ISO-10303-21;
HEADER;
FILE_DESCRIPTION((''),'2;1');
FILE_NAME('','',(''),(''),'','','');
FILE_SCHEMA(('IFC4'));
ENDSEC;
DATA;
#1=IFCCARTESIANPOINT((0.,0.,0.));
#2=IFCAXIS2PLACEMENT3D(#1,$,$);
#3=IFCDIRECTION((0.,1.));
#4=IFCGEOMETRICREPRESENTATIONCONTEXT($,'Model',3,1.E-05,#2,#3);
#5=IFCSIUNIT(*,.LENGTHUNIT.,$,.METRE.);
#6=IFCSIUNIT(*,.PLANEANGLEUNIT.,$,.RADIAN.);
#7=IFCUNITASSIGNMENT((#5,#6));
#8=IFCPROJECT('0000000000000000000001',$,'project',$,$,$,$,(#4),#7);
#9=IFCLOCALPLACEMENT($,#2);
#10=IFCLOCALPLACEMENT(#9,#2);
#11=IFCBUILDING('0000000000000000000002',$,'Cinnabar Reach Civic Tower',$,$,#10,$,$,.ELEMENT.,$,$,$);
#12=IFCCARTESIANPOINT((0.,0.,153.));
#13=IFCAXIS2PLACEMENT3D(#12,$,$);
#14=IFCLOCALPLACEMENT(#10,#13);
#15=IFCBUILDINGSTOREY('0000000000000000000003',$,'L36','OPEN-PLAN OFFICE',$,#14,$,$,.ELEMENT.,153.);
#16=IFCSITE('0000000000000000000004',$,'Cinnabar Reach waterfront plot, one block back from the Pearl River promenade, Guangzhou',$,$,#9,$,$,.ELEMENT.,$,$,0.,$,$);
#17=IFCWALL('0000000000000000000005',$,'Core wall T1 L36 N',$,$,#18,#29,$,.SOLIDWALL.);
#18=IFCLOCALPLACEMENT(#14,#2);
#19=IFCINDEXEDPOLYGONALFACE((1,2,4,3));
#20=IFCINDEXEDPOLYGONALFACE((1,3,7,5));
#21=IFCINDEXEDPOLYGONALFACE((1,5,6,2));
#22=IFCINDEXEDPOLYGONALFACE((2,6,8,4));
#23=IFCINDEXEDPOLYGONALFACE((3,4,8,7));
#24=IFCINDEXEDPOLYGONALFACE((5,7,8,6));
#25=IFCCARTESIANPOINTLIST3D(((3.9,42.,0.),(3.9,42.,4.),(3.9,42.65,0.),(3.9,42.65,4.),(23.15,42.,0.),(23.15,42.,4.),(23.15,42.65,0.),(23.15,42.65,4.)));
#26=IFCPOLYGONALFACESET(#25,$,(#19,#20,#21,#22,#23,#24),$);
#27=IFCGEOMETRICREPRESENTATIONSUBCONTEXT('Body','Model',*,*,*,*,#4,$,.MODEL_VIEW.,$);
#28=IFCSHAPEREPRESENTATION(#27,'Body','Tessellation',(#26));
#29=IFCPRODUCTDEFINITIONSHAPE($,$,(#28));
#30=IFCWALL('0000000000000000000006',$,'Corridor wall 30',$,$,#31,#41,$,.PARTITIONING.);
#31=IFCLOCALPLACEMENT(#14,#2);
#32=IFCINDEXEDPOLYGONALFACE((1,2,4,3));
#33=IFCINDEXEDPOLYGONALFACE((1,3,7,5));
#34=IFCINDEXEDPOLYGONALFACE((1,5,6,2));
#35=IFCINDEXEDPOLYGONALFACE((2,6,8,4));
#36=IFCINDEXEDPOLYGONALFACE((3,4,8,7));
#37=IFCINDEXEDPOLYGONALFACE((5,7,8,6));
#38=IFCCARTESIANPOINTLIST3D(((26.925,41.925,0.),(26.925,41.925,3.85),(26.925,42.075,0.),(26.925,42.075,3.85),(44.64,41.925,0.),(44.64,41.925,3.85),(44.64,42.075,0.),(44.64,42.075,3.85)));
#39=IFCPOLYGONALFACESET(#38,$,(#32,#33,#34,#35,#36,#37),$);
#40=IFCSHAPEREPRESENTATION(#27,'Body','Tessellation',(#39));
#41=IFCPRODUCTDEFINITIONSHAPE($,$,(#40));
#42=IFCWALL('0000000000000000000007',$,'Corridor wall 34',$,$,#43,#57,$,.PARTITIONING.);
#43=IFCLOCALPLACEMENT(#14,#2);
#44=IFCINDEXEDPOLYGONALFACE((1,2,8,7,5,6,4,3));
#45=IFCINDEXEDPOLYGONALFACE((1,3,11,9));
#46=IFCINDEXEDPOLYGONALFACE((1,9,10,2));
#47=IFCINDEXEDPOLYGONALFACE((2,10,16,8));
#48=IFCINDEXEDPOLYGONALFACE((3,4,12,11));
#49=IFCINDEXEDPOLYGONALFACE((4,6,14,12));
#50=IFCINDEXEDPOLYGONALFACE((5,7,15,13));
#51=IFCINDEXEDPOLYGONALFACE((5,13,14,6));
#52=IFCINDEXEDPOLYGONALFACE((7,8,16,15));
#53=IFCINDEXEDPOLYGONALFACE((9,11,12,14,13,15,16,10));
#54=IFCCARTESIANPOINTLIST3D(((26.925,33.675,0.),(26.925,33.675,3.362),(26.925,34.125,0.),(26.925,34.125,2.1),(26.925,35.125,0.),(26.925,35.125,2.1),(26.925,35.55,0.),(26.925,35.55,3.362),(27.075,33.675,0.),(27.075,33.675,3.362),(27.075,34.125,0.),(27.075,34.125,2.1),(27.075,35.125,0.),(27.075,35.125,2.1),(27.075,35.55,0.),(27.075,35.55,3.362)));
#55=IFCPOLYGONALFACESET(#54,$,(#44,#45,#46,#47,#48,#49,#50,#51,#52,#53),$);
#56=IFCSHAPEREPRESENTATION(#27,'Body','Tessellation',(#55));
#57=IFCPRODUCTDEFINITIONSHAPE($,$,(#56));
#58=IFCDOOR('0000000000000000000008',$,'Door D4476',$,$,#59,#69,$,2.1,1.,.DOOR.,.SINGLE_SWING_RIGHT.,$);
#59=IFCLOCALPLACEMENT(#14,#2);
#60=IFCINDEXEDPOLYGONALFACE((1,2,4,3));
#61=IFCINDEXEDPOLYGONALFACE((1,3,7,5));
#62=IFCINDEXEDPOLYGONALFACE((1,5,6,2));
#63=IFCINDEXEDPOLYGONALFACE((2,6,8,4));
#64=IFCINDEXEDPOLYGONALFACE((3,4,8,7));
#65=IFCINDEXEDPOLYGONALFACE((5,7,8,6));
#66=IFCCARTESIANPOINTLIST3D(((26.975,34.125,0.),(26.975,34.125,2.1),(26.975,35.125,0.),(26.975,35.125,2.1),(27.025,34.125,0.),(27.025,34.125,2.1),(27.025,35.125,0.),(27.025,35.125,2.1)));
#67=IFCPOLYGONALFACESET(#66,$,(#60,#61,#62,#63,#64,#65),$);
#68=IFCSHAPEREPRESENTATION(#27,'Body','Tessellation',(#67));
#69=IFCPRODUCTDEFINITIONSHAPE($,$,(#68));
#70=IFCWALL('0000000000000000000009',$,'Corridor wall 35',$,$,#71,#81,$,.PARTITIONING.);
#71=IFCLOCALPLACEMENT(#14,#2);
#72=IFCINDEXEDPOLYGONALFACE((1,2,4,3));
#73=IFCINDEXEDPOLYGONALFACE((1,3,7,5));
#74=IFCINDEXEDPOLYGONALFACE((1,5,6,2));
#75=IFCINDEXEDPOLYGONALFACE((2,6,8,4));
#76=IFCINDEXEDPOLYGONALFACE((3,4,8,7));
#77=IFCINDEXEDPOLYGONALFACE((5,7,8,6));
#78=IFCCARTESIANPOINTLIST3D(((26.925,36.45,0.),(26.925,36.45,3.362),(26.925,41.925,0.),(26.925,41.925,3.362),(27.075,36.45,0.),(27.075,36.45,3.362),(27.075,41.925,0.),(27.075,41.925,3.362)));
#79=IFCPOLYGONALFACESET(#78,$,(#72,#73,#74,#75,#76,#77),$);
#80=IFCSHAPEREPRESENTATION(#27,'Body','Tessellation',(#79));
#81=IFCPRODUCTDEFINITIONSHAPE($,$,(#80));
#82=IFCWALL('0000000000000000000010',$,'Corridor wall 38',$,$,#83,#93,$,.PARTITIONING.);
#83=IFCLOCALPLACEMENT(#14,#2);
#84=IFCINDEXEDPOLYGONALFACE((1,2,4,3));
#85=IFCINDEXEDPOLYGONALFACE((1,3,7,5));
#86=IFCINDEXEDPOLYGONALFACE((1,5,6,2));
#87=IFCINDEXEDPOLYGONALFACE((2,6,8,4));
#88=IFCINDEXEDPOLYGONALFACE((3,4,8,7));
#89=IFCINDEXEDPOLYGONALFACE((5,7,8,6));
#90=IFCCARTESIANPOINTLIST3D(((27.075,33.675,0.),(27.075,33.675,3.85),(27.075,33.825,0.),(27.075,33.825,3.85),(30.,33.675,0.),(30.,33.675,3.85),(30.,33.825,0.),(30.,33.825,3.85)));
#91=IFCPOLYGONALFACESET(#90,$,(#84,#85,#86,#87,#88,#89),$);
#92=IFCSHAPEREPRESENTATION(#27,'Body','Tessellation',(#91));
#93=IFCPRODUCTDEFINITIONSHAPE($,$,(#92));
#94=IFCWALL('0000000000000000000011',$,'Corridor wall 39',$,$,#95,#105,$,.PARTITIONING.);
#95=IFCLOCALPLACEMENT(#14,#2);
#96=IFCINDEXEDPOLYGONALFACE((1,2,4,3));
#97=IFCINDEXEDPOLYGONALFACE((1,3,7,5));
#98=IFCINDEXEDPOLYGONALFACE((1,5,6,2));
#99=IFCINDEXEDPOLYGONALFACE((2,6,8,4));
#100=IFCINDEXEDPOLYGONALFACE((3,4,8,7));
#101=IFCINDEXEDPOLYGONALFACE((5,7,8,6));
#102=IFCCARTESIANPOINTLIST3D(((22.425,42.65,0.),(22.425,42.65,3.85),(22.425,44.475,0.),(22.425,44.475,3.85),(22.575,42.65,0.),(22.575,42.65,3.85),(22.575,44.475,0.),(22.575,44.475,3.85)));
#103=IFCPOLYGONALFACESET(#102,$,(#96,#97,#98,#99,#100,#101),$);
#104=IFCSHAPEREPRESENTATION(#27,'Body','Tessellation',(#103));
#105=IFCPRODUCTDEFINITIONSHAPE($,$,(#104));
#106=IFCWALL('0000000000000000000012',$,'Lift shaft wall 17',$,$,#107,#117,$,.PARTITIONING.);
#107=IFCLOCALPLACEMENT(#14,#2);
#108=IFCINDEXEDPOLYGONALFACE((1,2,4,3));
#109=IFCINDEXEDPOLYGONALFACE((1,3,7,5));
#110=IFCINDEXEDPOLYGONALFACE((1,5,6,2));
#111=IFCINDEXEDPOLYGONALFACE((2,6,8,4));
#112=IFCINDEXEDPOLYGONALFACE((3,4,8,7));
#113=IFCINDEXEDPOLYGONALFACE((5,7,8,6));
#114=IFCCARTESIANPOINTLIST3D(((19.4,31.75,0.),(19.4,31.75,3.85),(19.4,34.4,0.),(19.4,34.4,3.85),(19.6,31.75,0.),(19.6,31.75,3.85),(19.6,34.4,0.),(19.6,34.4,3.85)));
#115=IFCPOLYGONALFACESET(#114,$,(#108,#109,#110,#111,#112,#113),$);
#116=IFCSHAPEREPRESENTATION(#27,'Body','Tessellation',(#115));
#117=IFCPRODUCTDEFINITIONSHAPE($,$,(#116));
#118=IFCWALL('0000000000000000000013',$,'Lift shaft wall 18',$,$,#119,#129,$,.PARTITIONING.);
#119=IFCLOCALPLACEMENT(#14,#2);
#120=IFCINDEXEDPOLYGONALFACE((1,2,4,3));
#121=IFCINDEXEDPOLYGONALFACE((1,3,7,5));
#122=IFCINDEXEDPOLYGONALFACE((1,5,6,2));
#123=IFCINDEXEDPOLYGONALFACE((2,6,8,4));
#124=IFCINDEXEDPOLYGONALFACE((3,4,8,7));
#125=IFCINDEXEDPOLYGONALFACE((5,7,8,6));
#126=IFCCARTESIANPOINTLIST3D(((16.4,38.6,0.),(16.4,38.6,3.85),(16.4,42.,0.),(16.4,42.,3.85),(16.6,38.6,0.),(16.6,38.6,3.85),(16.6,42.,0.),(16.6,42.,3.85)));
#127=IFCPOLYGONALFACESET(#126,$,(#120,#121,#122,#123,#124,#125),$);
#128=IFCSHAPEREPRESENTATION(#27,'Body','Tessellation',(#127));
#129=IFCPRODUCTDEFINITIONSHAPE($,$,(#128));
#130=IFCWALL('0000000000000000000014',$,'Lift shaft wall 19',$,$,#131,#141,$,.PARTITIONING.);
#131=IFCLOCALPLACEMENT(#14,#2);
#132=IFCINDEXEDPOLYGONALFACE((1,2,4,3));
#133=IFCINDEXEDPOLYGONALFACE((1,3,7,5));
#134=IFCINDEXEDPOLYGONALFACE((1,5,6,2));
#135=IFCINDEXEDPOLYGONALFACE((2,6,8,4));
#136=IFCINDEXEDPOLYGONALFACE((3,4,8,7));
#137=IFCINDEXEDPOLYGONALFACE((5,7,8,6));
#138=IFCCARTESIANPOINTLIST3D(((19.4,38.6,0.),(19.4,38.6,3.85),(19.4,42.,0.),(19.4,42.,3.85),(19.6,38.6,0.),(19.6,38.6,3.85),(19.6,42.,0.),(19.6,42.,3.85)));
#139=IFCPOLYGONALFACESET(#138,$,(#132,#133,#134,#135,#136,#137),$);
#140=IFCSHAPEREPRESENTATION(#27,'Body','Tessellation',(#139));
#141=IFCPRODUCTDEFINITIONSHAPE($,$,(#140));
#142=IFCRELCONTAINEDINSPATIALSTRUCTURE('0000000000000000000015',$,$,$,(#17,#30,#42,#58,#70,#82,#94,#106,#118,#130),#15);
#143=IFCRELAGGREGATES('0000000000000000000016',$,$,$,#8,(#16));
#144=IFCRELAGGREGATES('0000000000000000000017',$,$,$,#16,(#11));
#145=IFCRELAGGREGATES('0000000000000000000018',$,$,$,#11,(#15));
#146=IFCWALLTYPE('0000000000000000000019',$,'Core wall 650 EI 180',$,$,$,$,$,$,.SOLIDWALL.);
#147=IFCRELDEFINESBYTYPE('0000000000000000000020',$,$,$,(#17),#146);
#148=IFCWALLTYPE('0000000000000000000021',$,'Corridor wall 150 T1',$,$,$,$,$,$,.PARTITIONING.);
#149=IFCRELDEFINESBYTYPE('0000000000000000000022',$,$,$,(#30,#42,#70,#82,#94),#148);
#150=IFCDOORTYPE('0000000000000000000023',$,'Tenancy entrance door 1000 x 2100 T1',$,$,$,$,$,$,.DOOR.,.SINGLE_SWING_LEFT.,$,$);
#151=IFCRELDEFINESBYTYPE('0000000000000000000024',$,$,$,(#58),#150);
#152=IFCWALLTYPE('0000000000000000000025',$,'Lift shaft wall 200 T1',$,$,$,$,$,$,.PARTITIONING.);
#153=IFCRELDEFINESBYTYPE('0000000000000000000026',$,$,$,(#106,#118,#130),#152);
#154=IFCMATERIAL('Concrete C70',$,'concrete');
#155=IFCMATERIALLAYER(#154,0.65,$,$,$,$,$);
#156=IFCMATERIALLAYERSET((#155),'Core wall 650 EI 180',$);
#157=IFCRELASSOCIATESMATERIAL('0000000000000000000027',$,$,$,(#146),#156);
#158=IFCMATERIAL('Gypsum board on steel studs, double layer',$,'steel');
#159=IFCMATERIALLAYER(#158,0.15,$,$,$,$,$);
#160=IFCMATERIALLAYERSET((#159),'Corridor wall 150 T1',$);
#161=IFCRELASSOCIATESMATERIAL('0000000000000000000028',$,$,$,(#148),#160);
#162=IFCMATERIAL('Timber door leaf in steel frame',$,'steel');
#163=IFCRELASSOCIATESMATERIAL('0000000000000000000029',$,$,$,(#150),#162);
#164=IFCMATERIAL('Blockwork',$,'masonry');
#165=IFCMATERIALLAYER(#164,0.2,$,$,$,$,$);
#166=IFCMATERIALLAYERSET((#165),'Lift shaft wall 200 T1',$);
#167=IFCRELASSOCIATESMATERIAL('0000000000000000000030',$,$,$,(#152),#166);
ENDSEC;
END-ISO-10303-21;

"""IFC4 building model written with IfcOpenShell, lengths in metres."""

from ifc_helpers import new_model, si_unit, direction, frame, frame_2d, origin, place, context, subcontext, project, spatial, rectangle, extrude, material, layer, layer_set, type_object, element, fill, save


model = new_model("IFC4")

# Units and contexts
model_context = context("Model", 3, precision=1e-05, world=origin(), true_north=direction((0.0, 1.0)))
body_context = subcontext(model_context, "Body", "Model", "MODEL_VIEW")
ifc_project = project(units=[si_unit("LENGTHUNIT", "METRE"), si_unit("PLANEANGLEUNIT", "RADIAN")], contexts=[model_context])

# Site, building, storey
site_placement = place(None, origin())
site = spatial("IfcSite", under=ifc_project, at=site_placement, Name="Cinnabar Reach waterfront plot, one block back from the Pearl River promenade, Guangzhou", CompositionType="ELEMENT", RefElevation=0.0)
building_placement = place(site_placement, origin())
building = spatial("IfcBuilding", under=site, at=building_placement, Name="Cinnabar Reach Civic Tower", CompositionType="ELEMENT")
storey_placement = place(building_placement, frame((0.0, 0.0, 153.0)))
storey = spatial("IfcBuildingStorey", under=building, at=storey_placement, Name="L36", Description="OPEN-PLAN OFFICE", CompositionType="ELEMENT", Elevation=153.0)

# Shared definitions
ifc_material_1 = material(Name="Concrete C70", Category="concrete")

# Walls
ifc_layer_1 = layer(ifc_material_1, 0.65)
ifc_layer_set_1 = layer_set([ifc_layer_1], Name="Core wall 650 EI 180")
wall_type_1 = type_object("IfcWallType", Name="Core wall 650 EI 180", PredefinedType="SOLIDWALL", material=ifc_layer_set_1)
wall_1_placement = place(storey_placement, frame((23.15, 42.325, 0.0), z_axis=(0.0, 0.0, 1.0), x_axis=(-1.0, 0.0, 0.0)))
element("IfcWall", 1, at=wall_1_placement, inside=storey, type_object=wall_type_1, Name="Core wall T1 L36 N", PredefinedType="SOLIDWALL", context=body_context, shape_type="SweptSolid", body=[
    extrude(rectangle(XDim=19.25, YDim=0.65, at=frame_2d((9.625, 0.0))), origin(), (0.0, 0.0, 1.0), 4.0),
])
ifc_material_2 = material(Name="Gypsum board on steel studs, double layer", Category="steel")
ifc_layer_2 = layer(ifc_material_2, 0.15)
ifc_layer_set_2 = layer_set([ifc_layer_2], Name="Corridor wall 150 T1")
wall_type_2 = type_object("IfcWallType", Name="Corridor wall 150 T1", PredefinedType="PARTITIONING", material=ifc_layer_set_2)
wall_2_placement = place(storey_placement, frame((26.925, 42.0, 0.0), z_axis=(0.0, 0.0, 1.0), x_axis=(1.0, 0.0, 0.0)))
element("IfcWall", 2, at=wall_2_placement, inside=storey, type_object=wall_type_2, Name="Corridor wall 30", PredefinedType="PARTITIONING", context=body_context, shape_type="SweptSolid", body=[
    extrude(rectangle(XDim=17.715, YDim=0.15, at=frame_2d((8.8575, 0.0))), origin(), (0.0, 0.0, 1.0), 3.85),
])

# Wall, opening, door
wall_3_placement = place(storey_placement, frame((27.0, 33.675, 0.0), z_axis=(0.0, 0.0, 1.0), x_axis=(0.0, 1.0, 0.0)))
wall_3 = element("IfcWall", 3, at=wall_3_placement, inside=storey, type_object=wall_type_2, Name="Corridor wall 34", PredefinedType="PARTITIONING", context=body_context, shape_type="SweptSolid", body=[
    extrude(rectangle(XDim=1.875, YDim=0.15, at=frame_2d((0.9375, 0.0))), origin(), (0.0, 0.0, 1.0), 3.362),
])
opening_1_placement = place(wall_3_placement, frame((0.45, 0.0, 0.0)))
opening_1 = element("IfcOpeningElement", 4, at=opening_1_placement, cuts=wall_3, PredefinedType="OPENING", context=body_context, shape_type="SweptSolid", body=[
    extrude(rectangle(XDim=1.0, YDim=2.1, at=frame_2d((0.5, 1.05))), frame((0.0, 0.085, 0.0), z_axis=(0.0, -1.0, 0.0), x_axis=(1.0, 0.0, 0.0)), (0.0, 0.0, 1.0), 0.17),
])
ifc_material_3 = material(Name="Timber door leaf in steel frame", Category="steel")
door_type_1 = type_object("IfcDoorType", Name="Tenancy entrance door 1000 x 2100 T1", OperationType="SINGLE_SWING_LEFT", PredefinedType="DOOR", material=ifc_material_3)
door_1_placement = place(opening_1_placement, frame((1.0, 0.0, 0.0), z_axis=(0.0, 0.0, 1.0), x_axis=(-1.0, 0.0, 0.0)))
door_1 = element("IfcDoor", 5, at=door_1_placement, inside=storey, type_object=door_type_1, Name="Door D4476", OperationType="SINGLE_SWING_RIGHT", OverallHeight=2.1, OverallWidth=1.0, PredefinedType="DOOR", context=body_context, shape_type="SweptSolid", body=[
    extrude(rectangle(XDim=1.0, YDim=2.1, at=frame_2d((0.5, 1.05))), frame((0.0, 0.025, 0.0), z_axis=(0.0, -1.0, 0.0), x_axis=(1.0, 0.0, 0.0)), (0.0, 0.0, 1.0), 0.05),
])
fill(opening_1, door_1)

# Walls
wall_4_placement = place(storey_placement, frame((27.0, 36.45, 0.0), z_axis=(0.0, 0.0, 1.0), x_axis=(0.0, 1.0, 0.0)))
element("IfcWall", 6, at=wall_4_placement, inside=storey, type_object=wall_type_2, Name="Corridor wall 35", PredefinedType="PARTITIONING", context=body_context, shape_type="SweptSolid", body=[
    extrude(rectangle(XDim=5.475, YDim=0.15, at=frame_2d((2.7375, 0.0))), origin(), (0.0, 0.0, 1.0), 3.362),
])
wall_5_placement = place(storey_placement, frame((27.075, 33.75, 0.0), z_axis=(0.0, 0.0, 1.0), x_axis=(1.0, 0.0, 0.0)))
element("IfcWall", 7, at=wall_5_placement, inside=storey, type_object=wall_type_2, Name="Corridor wall 38", PredefinedType="PARTITIONING", context=body_context, shape_type="SweptSolid", body=[
    extrude(rectangle(XDim=2.925, YDim=0.15, at=frame_2d((1.4625, 0.0))), origin(), (0.0, 0.0, 1.0), 3.85),
])
wall_6_placement = place(storey_placement, frame((22.5, 42.65, 0.0), z_axis=(0.0, 0.0, 1.0), x_axis=(0.0, 1.0, 0.0)))
element("IfcWall", 8, at=wall_6_placement, inside=storey, type_object=wall_type_2, Name="Corridor wall 39", PredefinedType="PARTITIONING", context=body_context, shape_type="SweptSolid", body=[
    extrude(rectangle(XDim=1.825, YDim=0.15, at=frame_2d((0.9125, 0.0))), origin(), (0.0, 0.0, 1.0), 3.85),
])
ifc_material_4 = material(Name="Blockwork", Category="masonry")
ifc_layer_3 = layer(ifc_material_4, 0.2)
ifc_layer_set_3 = layer_set([ifc_layer_3], Name="Lift shaft wall 200 T1")
wall_type_3 = type_object("IfcWallType", Name="Lift shaft wall 200 T1", PredefinedType="PARTITIONING", material=ifc_layer_set_3)
wall_7_placement = place(storey_placement, frame((19.5, 31.75, 0.0), z_axis=(0.0, 0.0, 1.0), x_axis=(0.0, 1.0, 0.0)))
element("IfcWall", 9, at=wall_7_placement, inside=storey, type_object=wall_type_3, Name="Lift shaft wall 17", PredefinedType="PARTITIONING", context=body_context, shape_type="SweptSolid", body=[
    extrude(rectangle(XDim=2.65, YDim=0.2, at=frame_2d((1.325, 0.0))), origin(), (0.0, 0.0, 1.0), 3.85),
])
for number, where, z_axis, x_axis, name in (
    (10, (16.5, 38.6, 0.0), (0.0, 0.0, 1.0), (0.0, 1.0, 0.0), "Lift shaft wall 18"),
    (11, (19.5, 38.6, 0.0), (0.0, 0.0, 1.0), (0.0, 1.0, 0.0), "Lift shaft wall 19"),
):
    element("IfcWall", number, at=place(storey_placement, frame(where, z_axis=z_axis, x_axis=x_axis)), inside=storey, type_object=wall_type_3, Name=name, PredefinedType="PARTITIONING", context=body_context, shape_type="SweptSolid", body=[
        extrude(rectangle(XDim=3.4, YDim=0.2, at=frame_2d((1.7, 0.0))), origin(), (0.0, 0.0, 1.0), 3.85),
    ])

save(model, "model.ifc")
